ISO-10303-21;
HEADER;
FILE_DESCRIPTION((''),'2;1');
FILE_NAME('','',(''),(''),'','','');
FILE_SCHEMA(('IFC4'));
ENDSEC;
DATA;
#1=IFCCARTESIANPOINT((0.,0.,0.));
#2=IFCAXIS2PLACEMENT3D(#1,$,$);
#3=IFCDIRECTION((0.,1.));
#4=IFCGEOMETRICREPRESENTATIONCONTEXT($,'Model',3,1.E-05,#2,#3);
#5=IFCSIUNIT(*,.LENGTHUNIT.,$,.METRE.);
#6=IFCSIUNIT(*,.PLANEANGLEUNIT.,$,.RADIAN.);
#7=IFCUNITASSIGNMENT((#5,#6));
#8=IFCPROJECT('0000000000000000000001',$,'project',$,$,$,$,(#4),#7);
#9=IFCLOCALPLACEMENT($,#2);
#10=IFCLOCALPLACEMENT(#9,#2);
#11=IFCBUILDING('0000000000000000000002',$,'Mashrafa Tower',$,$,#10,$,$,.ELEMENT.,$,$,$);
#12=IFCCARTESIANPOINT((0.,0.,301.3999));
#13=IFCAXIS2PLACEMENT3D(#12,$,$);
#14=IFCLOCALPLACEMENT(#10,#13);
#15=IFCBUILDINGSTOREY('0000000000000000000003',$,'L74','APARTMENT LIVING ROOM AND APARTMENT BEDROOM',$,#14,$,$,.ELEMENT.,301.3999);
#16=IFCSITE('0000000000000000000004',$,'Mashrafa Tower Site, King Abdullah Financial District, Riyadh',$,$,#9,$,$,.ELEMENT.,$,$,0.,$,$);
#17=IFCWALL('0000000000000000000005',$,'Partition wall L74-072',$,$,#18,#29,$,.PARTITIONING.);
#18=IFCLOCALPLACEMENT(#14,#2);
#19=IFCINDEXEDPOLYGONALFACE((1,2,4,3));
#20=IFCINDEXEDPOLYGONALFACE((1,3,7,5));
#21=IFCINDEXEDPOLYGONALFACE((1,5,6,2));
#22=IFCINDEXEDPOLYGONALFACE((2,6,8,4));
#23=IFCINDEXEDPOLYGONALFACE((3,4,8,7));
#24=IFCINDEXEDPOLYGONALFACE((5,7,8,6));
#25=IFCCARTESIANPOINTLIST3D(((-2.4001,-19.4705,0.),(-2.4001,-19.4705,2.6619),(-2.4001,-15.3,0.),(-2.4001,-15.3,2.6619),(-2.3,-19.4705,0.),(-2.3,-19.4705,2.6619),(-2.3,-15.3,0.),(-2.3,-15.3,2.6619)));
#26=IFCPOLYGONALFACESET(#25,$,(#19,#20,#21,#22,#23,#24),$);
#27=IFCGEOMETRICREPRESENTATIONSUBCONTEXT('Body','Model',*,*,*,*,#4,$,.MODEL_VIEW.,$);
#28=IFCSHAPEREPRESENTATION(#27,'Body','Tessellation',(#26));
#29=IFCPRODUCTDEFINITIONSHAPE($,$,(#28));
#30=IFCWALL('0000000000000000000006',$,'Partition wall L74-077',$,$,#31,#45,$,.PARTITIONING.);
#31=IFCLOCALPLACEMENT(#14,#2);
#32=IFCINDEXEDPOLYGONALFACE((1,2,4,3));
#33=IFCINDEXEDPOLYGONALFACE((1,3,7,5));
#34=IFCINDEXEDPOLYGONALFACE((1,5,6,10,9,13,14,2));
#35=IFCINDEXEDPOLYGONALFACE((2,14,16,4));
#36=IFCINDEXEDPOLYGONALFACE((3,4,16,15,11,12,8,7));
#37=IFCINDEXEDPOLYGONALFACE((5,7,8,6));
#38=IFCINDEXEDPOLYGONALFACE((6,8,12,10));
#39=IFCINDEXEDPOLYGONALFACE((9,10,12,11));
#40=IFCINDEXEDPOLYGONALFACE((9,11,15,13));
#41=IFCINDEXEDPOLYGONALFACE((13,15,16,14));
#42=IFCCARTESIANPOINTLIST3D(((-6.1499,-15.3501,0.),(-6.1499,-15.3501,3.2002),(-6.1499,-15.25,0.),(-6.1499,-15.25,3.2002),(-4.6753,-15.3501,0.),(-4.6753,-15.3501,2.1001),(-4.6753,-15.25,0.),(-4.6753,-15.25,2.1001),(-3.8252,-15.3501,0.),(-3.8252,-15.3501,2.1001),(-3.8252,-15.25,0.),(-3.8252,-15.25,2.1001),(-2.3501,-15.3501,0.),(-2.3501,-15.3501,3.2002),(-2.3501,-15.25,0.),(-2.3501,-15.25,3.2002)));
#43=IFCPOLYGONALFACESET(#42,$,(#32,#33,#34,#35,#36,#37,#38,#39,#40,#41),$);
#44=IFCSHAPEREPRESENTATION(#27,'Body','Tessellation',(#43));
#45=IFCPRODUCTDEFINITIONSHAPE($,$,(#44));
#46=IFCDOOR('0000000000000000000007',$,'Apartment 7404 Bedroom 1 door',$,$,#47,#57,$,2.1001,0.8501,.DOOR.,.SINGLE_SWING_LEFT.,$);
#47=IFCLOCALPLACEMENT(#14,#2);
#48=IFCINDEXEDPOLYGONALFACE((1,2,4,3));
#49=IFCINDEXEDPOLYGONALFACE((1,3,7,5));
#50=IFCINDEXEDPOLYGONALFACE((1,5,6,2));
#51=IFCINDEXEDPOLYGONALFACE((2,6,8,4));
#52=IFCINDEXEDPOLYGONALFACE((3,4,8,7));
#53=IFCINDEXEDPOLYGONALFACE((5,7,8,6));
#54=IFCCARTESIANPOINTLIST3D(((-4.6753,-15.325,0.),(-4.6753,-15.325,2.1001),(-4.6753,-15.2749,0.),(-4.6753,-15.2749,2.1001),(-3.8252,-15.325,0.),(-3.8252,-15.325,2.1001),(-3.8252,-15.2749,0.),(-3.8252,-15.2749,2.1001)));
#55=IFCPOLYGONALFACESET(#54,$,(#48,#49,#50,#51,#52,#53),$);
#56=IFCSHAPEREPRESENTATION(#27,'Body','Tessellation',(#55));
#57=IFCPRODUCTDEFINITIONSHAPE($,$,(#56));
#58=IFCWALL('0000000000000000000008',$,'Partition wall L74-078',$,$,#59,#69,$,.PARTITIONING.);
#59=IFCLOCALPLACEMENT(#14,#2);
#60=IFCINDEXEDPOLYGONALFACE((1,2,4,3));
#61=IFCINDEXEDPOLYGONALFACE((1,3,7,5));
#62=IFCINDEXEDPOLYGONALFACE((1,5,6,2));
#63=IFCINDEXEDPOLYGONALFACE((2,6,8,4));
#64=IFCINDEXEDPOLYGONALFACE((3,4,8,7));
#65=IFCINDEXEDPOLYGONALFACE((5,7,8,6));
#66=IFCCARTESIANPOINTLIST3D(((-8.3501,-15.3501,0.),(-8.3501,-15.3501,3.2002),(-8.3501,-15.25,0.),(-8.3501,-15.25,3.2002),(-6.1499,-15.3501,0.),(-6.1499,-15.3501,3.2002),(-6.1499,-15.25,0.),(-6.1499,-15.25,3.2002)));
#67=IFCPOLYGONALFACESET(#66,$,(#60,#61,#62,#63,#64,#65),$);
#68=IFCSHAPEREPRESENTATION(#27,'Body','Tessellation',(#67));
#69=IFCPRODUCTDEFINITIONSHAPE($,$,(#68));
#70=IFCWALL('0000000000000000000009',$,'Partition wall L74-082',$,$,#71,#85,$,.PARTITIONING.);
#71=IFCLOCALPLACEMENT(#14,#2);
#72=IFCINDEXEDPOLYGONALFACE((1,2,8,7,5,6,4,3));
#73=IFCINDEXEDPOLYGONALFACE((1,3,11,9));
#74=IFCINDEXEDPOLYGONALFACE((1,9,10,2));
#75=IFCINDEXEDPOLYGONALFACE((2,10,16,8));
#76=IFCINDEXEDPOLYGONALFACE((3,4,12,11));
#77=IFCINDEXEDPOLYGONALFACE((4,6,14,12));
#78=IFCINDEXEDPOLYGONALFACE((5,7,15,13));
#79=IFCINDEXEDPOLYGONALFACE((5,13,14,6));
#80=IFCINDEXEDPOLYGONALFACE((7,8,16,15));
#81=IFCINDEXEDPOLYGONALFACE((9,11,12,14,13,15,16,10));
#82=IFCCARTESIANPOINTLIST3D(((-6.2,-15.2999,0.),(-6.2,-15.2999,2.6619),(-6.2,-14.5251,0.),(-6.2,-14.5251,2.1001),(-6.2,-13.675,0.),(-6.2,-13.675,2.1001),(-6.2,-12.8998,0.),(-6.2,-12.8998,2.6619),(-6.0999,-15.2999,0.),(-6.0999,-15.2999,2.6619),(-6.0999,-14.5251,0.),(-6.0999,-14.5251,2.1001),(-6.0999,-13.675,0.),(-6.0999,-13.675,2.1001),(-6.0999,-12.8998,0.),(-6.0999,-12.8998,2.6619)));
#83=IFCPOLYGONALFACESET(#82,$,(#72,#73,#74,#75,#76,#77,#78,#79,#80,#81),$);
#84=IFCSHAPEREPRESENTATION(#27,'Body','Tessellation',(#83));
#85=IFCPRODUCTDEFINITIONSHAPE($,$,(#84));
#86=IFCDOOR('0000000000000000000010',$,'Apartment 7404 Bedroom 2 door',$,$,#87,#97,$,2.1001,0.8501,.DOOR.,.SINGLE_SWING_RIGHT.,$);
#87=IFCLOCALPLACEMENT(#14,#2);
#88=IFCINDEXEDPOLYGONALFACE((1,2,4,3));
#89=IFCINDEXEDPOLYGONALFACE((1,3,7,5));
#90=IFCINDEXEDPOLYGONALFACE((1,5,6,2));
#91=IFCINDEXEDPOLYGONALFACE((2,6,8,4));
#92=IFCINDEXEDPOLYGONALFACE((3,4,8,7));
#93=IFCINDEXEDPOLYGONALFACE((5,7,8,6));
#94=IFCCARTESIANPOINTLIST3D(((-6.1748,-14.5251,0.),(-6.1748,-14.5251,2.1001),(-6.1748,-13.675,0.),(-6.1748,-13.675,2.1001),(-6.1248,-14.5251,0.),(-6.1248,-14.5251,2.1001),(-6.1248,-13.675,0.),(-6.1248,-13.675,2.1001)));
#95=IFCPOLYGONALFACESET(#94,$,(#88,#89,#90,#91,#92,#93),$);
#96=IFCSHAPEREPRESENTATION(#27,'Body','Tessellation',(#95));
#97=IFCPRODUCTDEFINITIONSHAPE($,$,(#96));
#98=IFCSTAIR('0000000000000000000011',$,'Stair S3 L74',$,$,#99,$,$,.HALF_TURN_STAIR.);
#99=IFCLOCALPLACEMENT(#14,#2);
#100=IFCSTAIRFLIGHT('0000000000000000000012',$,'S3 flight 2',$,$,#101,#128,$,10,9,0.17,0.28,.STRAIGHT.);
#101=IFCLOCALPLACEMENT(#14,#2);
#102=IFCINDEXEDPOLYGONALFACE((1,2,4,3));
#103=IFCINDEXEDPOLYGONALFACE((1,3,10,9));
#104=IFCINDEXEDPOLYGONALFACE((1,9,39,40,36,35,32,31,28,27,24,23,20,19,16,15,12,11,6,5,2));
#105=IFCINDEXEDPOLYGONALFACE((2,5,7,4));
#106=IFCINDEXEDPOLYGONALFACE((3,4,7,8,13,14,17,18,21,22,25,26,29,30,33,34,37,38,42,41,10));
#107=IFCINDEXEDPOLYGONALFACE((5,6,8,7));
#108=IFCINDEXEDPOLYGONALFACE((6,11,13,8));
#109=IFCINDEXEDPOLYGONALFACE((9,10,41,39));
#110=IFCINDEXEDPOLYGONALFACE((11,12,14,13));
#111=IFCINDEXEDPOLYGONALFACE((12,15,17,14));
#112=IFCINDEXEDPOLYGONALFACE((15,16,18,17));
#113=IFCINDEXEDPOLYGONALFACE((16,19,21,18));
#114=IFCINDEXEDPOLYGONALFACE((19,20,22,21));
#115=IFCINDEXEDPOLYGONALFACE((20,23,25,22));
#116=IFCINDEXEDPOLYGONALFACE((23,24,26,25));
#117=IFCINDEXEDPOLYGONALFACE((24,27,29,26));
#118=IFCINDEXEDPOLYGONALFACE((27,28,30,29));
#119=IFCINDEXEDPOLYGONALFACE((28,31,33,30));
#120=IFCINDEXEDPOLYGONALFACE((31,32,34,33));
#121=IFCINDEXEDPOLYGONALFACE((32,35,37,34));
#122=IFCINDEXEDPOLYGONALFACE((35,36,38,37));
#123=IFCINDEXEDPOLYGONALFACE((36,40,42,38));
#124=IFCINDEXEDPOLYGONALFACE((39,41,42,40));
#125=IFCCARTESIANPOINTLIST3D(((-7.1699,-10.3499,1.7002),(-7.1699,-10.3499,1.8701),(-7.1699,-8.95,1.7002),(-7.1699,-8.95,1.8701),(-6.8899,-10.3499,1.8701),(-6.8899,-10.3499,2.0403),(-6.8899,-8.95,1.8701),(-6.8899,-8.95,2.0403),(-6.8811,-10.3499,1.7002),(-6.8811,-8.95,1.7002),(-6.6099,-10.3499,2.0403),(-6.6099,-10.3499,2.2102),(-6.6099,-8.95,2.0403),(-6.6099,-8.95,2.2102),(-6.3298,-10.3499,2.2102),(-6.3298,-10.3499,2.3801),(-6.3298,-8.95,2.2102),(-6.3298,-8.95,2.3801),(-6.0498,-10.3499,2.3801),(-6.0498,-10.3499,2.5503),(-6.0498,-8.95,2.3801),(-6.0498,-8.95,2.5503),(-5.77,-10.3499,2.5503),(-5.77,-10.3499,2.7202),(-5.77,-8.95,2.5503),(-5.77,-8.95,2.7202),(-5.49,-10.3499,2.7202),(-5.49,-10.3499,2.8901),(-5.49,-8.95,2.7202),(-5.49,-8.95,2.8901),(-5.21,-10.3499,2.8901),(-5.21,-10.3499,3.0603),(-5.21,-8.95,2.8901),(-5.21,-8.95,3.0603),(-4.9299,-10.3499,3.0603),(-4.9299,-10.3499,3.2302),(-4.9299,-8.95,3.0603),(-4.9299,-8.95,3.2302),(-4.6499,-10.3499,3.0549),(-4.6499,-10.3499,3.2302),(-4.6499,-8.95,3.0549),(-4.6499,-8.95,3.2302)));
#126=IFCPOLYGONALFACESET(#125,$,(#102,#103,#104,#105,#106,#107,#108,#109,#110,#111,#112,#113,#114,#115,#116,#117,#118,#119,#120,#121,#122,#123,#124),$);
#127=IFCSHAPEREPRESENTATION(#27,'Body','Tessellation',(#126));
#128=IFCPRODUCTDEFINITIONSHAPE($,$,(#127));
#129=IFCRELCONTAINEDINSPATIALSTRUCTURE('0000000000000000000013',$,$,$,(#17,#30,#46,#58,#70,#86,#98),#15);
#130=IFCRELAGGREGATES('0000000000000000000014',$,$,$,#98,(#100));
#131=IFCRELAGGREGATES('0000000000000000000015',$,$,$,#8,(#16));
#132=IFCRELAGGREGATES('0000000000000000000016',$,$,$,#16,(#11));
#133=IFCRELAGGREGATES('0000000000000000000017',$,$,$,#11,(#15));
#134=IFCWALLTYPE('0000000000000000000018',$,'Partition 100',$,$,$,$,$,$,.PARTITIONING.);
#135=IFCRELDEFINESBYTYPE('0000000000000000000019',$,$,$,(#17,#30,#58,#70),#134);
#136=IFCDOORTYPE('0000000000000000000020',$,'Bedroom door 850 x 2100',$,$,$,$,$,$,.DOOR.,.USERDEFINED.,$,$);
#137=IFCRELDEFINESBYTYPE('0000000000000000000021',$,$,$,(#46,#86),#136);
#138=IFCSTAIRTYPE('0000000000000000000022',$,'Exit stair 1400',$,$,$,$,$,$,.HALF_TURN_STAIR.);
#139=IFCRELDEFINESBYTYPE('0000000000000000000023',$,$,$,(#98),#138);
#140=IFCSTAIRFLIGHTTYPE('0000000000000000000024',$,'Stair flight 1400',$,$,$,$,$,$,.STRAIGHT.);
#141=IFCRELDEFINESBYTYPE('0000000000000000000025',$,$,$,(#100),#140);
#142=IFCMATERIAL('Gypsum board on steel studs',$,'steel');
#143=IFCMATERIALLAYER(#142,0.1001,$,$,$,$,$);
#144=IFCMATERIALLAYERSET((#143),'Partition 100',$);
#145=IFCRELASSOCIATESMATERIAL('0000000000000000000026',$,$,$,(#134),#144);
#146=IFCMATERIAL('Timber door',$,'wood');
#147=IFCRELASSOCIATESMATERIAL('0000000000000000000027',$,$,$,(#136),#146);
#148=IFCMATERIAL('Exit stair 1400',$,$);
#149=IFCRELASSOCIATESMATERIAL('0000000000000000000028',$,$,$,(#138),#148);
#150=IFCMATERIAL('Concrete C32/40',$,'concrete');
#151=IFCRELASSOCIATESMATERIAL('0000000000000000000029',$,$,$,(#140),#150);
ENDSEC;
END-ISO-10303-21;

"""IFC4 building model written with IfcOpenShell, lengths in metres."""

from ifc_helpers import new_model, si_unit, direction, frame, frame_2d, origin, place, context, subcontext, project, spatial, polyline, rectangle, outline, extrude, material, layer, layer_set, type_object, element, fill, aggregate, save


model = new_model("IFC4")

# Units and contexts
model_context = context("Model", 3, precision=1e-05, world=origin(), true_north=direction((0.0, 1.0)))
body_context = subcontext(model_context, "Body", "Model", "MODEL_VIEW")
ifc_project = project(units=[si_unit("LENGTHUNIT", "METRE"), si_unit("PLANEANGLEUNIT", "RADIAN")], contexts=[model_context])

# Site, building, storey
site_placement = place(None, origin())
site = spatial("IfcSite", under=ifc_project, at=site_placement, Name="Mashrafa Tower Site, King Abdullah Financial District, Riyadh", CompositionType="ELEMENT", RefElevation=0.0)
building_placement = place(site_placement, origin())
building = spatial("IfcBuilding", under=site, at=building_placement, Name="Mashrafa Tower", CompositionType="ELEMENT")
storey_placement = place(building_placement, frame((0.0, 0.0, 301.3999)))
storey = spatial("IfcBuildingStorey", under=building, at=storey_placement, Name="L74", Description="APARTMENT LIVING ROOM AND APARTMENT BEDROOM", CompositionType="ELEMENT", Elevation=301.3999)

# Wall
ifc_material_1 = material(Name="Gypsum board on steel studs", Category="steel")
ifc_layer_1 = layer(ifc_material_1, 0.1001)
ifc_layer_set_1 = layer_set([ifc_layer_1], Name="Partition 100")
wall_type_1 = type_object("IfcWallType", Name="Partition 100", PredefinedType="PARTITIONING", material=ifc_layer_set_1)
wall_1_placement = place(storey_placement, frame((-2.3501, -15.3, 0.0), z_axis=(0.0, 0.0, 1.0), x_axis=(0.0, -1.0, 0.0)))
element("IfcWall", 1, at=wall_1_placement, inside=storey, type_object=wall_type_1, Name="Partition wall L74-072", PredefinedType="PARTITIONING", context=body_context, shape_type="SweptSolid", body=[
    extrude(rectangle(XDim=4.1704, YDim=0.1001, at=frame_2d((2.0852, 0.0))), origin(), (0.0, 0.0, 1.0), 2.6619),
])

# Wall, opening, door
wall_2_placement = place(storey_placement, frame((-2.3501, -15.3, 0.0), z_axis=(0.0, 0.0, 1.0), x_axis=(-1.0, 0.0, 0.0)))
wall_2 = element("IfcWall", 2, at=wall_2_placement, inside=storey, type_object=wall_type_1, Name="Partition wall L74-077", PredefinedType="PARTITIONING", context=body_context, shape_type="SweptSolid", body=[
    extrude(rectangle(XDim=3.7998, YDim=0.1001, at=frame_2d((1.8999, 0.0))), origin(), (0.0, 0.0, 1.0), 3.2002),
])
opening_1_placement = place(wall_2_placement, frame((1.4751, 0.0, 0.0)))
opening_1 = element("IfcOpeningElement", 3, at=opening_1_placement, cuts=wall_2, PredefinedType="OPENING", context=body_context, shape_type="SweptSolid", body=[
    extrude(rectangle(XDim=0.8501, YDim=2.1001, at=frame_2d((0.425, 1.05))), frame((0.0, 0.0601, 0.0), z_axis=(0.0, -1.0, 0.0), x_axis=(1.0, 0.0, 0.0)), (0.0, 0.0, 1.0), 0.1201),
])
ifc_material_2 = material(Name="Timber door", Category="wood")
door_type_1 = type_object("IfcDoorType", Name="Bedroom door 850 x 2100", OperationType="USERDEFINED", PredefinedType="DOOR", material=ifc_material_2)
door_1_placement = place(opening_1_placement, origin())
door_1 = element("IfcDoor", 4, at=door_1_placement, inside=storey, type_object=door_type_1, Name="Apartment 7404 Bedroom 1 door", OperationType="SINGLE_SWING_LEFT", OverallHeight=2.1001, OverallWidth=0.8501, PredefinedType="DOOR", context=body_context, shape_type="SweptSolid", body=[
    extrude(rectangle(XDim=0.8501, YDim=2.1001, at=frame_2d((0.425, 1.05))), frame((0.0, 0.0249, 0.0), z_axis=(0.0, -1.0, 0.0), x_axis=(1.0, 0.0, 0.0)), (0.0, 0.0, 1.0), 0.05),
])
fill(opening_1, door_1)

# Wall
wall_3_placement = place(storey_placement, frame((-6.1499, -15.3, 0.0), z_axis=(0.0, 0.0, 1.0), x_axis=(-1.0, 0.0, 0.0)))
element("IfcWall", 5, at=wall_3_placement, inside=storey, type_object=wall_type_1, Name="Partition wall L74-078", PredefinedType="PARTITIONING", context=body_context, shape_type="SweptSolid", body=[
    extrude(rectangle(XDim=2.2002, YDim=0.1001, at=frame_2d((1.1001, 0.0))), origin(), (0.0, 0.0, 1.0), 3.2002),
])

# Wall, opening, door
wall_4_placement = place(storey_placement, frame((-6.1499, -15.3, 0.0), z_axis=(0.0, 0.0, 1.0), x_axis=(0.0, 1.0, 0.0)))
wall_4 = element("IfcWall", 6, at=wall_4_placement, inside=storey, type_object=wall_type_1, Name="Partition wall L74-082", PredefinedType="PARTITIONING", context=body_context, shape_type="SweptSolid", body=[
    extrude(rectangle(XDim=2.4001, YDim=0.1001, at=frame_2d((1.2002, 0.0))), origin(), (0.0, 0.0, 1.0), 2.6619),
])
opening_2_placement = place(wall_4_placement, frame((0.7749, 0.0, 0.0)))
opening_2 = element("IfcOpeningElement", 7, at=opening_2_placement, cuts=wall_4, PredefinedType="OPENING", context=body_context, shape_type="SweptSolid", body=[
    extrude(rectangle(XDim=0.8501, YDim=2.1001, at=frame_2d((0.425, 1.05))), frame((0.0, 0.0601, 0.0), z_axis=(0.0, -1.0, 0.0), x_axis=(1.0, 0.0, 0.0)), (0.0, 0.0, 1.0), 0.1201),
])
door_2_placement = place(opening_2_placement, origin())
door_2 = element("IfcDoor", 8, at=door_2_placement, inside=storey, type_object=door_type_1, Name="Apartment 7404 Bedroom 2 door", OperationType="SINGLE_SWING_RIGHT", OverallHeight=2.1001, OverallWidth=0.8501, PredefinedType="DOOR", context=body_context, shape_type="SweptSolid", body=[
    extrude(rectangle(XDim=0.8501, YDim=2.1001, at=frame_2d((0.425, 1.05))), frame((0.0, 0.0249, 0.0), z_axis=(0.0, -1.0, 0.0), x_axis=(1.0, 0.0, 0.0)), (0.0, 0.0, 1.0), 0.05),
])
fill(opening_2, door_2)

# Stair, stair flight
ifc_material_3 = material(Name="Exit stair 1400")
stair_type = type_object("IfcStairType", Name="Exit stair 1400", PredefinedType="HALF_TURN_STAIR", material=ifc_material_3)
stair_placement = place(storey_placement, origin())
stair = element("IfcStair", 9, at=stair_placement, inside=storey, type_object=stair_type, Name="Stair S3 L74", PredefinedType="HALF_TURN_STAIR")
ifc_material_4 = material(Name="Concrete C32/40", Category="concrete")
stair_flight_type = type_object("IfcStairFlightType", Name="Stair flight 1400", PredefinedType="STRAIGHT", material=ifc_material_4)
stair_flight_placement = place(storey_placement, frame((-7.1699, -9.6499, 1.7002), z_axis=(0.0, 0.0, 1.0), x_axis=(1.0, 0.0, 0.0)))
stair_flight = element("IfcStairFlight", 10, at=stair_flight_placement, type_object=stair_flight_type, Name="S3 flight 2", NumberOfRisers=10, NumberOfTreads=9, PredefinedType="STRAIGHT", RiserHeight=0.17, TreadLength=0.28, context=body_context, shape_type="SweptSolid", body=[
    extrude(outline(polyline([(0.0, 0.0), (0.0, 0.1699), (0.28, 0.1699), (0.28, 0.3401), (0.5601, 0.3401), (0.5601, 0.51), (0.8401, 0.51), (0.8401, 0.6799), (1.1201, 0.6799), (1.1201, 0.8501), (1.3999, 0.8501), (1.3999, 1.02), (1.6799, 1.02), (1.6799, 1.1899), (1.96, 1.1899), (1.96, 1.3601), (2.24, 1.3601), (2.24, 1.53), (2.52, 1.53), (2.52, 1.7), (2.52, 1.3547), (0.2888, 0.0), (0.0, 0.0)])), frame((0.0, 0.7, 0.0), z_axis=(0.0, -1.0, 0.0), x_axis=(1.0, 0.0, 0.0)), (0.0, 0.0, 1.0), 1.3999),
])
aggregate(stair, [stair_flight])

save(model, "model.ifc")
